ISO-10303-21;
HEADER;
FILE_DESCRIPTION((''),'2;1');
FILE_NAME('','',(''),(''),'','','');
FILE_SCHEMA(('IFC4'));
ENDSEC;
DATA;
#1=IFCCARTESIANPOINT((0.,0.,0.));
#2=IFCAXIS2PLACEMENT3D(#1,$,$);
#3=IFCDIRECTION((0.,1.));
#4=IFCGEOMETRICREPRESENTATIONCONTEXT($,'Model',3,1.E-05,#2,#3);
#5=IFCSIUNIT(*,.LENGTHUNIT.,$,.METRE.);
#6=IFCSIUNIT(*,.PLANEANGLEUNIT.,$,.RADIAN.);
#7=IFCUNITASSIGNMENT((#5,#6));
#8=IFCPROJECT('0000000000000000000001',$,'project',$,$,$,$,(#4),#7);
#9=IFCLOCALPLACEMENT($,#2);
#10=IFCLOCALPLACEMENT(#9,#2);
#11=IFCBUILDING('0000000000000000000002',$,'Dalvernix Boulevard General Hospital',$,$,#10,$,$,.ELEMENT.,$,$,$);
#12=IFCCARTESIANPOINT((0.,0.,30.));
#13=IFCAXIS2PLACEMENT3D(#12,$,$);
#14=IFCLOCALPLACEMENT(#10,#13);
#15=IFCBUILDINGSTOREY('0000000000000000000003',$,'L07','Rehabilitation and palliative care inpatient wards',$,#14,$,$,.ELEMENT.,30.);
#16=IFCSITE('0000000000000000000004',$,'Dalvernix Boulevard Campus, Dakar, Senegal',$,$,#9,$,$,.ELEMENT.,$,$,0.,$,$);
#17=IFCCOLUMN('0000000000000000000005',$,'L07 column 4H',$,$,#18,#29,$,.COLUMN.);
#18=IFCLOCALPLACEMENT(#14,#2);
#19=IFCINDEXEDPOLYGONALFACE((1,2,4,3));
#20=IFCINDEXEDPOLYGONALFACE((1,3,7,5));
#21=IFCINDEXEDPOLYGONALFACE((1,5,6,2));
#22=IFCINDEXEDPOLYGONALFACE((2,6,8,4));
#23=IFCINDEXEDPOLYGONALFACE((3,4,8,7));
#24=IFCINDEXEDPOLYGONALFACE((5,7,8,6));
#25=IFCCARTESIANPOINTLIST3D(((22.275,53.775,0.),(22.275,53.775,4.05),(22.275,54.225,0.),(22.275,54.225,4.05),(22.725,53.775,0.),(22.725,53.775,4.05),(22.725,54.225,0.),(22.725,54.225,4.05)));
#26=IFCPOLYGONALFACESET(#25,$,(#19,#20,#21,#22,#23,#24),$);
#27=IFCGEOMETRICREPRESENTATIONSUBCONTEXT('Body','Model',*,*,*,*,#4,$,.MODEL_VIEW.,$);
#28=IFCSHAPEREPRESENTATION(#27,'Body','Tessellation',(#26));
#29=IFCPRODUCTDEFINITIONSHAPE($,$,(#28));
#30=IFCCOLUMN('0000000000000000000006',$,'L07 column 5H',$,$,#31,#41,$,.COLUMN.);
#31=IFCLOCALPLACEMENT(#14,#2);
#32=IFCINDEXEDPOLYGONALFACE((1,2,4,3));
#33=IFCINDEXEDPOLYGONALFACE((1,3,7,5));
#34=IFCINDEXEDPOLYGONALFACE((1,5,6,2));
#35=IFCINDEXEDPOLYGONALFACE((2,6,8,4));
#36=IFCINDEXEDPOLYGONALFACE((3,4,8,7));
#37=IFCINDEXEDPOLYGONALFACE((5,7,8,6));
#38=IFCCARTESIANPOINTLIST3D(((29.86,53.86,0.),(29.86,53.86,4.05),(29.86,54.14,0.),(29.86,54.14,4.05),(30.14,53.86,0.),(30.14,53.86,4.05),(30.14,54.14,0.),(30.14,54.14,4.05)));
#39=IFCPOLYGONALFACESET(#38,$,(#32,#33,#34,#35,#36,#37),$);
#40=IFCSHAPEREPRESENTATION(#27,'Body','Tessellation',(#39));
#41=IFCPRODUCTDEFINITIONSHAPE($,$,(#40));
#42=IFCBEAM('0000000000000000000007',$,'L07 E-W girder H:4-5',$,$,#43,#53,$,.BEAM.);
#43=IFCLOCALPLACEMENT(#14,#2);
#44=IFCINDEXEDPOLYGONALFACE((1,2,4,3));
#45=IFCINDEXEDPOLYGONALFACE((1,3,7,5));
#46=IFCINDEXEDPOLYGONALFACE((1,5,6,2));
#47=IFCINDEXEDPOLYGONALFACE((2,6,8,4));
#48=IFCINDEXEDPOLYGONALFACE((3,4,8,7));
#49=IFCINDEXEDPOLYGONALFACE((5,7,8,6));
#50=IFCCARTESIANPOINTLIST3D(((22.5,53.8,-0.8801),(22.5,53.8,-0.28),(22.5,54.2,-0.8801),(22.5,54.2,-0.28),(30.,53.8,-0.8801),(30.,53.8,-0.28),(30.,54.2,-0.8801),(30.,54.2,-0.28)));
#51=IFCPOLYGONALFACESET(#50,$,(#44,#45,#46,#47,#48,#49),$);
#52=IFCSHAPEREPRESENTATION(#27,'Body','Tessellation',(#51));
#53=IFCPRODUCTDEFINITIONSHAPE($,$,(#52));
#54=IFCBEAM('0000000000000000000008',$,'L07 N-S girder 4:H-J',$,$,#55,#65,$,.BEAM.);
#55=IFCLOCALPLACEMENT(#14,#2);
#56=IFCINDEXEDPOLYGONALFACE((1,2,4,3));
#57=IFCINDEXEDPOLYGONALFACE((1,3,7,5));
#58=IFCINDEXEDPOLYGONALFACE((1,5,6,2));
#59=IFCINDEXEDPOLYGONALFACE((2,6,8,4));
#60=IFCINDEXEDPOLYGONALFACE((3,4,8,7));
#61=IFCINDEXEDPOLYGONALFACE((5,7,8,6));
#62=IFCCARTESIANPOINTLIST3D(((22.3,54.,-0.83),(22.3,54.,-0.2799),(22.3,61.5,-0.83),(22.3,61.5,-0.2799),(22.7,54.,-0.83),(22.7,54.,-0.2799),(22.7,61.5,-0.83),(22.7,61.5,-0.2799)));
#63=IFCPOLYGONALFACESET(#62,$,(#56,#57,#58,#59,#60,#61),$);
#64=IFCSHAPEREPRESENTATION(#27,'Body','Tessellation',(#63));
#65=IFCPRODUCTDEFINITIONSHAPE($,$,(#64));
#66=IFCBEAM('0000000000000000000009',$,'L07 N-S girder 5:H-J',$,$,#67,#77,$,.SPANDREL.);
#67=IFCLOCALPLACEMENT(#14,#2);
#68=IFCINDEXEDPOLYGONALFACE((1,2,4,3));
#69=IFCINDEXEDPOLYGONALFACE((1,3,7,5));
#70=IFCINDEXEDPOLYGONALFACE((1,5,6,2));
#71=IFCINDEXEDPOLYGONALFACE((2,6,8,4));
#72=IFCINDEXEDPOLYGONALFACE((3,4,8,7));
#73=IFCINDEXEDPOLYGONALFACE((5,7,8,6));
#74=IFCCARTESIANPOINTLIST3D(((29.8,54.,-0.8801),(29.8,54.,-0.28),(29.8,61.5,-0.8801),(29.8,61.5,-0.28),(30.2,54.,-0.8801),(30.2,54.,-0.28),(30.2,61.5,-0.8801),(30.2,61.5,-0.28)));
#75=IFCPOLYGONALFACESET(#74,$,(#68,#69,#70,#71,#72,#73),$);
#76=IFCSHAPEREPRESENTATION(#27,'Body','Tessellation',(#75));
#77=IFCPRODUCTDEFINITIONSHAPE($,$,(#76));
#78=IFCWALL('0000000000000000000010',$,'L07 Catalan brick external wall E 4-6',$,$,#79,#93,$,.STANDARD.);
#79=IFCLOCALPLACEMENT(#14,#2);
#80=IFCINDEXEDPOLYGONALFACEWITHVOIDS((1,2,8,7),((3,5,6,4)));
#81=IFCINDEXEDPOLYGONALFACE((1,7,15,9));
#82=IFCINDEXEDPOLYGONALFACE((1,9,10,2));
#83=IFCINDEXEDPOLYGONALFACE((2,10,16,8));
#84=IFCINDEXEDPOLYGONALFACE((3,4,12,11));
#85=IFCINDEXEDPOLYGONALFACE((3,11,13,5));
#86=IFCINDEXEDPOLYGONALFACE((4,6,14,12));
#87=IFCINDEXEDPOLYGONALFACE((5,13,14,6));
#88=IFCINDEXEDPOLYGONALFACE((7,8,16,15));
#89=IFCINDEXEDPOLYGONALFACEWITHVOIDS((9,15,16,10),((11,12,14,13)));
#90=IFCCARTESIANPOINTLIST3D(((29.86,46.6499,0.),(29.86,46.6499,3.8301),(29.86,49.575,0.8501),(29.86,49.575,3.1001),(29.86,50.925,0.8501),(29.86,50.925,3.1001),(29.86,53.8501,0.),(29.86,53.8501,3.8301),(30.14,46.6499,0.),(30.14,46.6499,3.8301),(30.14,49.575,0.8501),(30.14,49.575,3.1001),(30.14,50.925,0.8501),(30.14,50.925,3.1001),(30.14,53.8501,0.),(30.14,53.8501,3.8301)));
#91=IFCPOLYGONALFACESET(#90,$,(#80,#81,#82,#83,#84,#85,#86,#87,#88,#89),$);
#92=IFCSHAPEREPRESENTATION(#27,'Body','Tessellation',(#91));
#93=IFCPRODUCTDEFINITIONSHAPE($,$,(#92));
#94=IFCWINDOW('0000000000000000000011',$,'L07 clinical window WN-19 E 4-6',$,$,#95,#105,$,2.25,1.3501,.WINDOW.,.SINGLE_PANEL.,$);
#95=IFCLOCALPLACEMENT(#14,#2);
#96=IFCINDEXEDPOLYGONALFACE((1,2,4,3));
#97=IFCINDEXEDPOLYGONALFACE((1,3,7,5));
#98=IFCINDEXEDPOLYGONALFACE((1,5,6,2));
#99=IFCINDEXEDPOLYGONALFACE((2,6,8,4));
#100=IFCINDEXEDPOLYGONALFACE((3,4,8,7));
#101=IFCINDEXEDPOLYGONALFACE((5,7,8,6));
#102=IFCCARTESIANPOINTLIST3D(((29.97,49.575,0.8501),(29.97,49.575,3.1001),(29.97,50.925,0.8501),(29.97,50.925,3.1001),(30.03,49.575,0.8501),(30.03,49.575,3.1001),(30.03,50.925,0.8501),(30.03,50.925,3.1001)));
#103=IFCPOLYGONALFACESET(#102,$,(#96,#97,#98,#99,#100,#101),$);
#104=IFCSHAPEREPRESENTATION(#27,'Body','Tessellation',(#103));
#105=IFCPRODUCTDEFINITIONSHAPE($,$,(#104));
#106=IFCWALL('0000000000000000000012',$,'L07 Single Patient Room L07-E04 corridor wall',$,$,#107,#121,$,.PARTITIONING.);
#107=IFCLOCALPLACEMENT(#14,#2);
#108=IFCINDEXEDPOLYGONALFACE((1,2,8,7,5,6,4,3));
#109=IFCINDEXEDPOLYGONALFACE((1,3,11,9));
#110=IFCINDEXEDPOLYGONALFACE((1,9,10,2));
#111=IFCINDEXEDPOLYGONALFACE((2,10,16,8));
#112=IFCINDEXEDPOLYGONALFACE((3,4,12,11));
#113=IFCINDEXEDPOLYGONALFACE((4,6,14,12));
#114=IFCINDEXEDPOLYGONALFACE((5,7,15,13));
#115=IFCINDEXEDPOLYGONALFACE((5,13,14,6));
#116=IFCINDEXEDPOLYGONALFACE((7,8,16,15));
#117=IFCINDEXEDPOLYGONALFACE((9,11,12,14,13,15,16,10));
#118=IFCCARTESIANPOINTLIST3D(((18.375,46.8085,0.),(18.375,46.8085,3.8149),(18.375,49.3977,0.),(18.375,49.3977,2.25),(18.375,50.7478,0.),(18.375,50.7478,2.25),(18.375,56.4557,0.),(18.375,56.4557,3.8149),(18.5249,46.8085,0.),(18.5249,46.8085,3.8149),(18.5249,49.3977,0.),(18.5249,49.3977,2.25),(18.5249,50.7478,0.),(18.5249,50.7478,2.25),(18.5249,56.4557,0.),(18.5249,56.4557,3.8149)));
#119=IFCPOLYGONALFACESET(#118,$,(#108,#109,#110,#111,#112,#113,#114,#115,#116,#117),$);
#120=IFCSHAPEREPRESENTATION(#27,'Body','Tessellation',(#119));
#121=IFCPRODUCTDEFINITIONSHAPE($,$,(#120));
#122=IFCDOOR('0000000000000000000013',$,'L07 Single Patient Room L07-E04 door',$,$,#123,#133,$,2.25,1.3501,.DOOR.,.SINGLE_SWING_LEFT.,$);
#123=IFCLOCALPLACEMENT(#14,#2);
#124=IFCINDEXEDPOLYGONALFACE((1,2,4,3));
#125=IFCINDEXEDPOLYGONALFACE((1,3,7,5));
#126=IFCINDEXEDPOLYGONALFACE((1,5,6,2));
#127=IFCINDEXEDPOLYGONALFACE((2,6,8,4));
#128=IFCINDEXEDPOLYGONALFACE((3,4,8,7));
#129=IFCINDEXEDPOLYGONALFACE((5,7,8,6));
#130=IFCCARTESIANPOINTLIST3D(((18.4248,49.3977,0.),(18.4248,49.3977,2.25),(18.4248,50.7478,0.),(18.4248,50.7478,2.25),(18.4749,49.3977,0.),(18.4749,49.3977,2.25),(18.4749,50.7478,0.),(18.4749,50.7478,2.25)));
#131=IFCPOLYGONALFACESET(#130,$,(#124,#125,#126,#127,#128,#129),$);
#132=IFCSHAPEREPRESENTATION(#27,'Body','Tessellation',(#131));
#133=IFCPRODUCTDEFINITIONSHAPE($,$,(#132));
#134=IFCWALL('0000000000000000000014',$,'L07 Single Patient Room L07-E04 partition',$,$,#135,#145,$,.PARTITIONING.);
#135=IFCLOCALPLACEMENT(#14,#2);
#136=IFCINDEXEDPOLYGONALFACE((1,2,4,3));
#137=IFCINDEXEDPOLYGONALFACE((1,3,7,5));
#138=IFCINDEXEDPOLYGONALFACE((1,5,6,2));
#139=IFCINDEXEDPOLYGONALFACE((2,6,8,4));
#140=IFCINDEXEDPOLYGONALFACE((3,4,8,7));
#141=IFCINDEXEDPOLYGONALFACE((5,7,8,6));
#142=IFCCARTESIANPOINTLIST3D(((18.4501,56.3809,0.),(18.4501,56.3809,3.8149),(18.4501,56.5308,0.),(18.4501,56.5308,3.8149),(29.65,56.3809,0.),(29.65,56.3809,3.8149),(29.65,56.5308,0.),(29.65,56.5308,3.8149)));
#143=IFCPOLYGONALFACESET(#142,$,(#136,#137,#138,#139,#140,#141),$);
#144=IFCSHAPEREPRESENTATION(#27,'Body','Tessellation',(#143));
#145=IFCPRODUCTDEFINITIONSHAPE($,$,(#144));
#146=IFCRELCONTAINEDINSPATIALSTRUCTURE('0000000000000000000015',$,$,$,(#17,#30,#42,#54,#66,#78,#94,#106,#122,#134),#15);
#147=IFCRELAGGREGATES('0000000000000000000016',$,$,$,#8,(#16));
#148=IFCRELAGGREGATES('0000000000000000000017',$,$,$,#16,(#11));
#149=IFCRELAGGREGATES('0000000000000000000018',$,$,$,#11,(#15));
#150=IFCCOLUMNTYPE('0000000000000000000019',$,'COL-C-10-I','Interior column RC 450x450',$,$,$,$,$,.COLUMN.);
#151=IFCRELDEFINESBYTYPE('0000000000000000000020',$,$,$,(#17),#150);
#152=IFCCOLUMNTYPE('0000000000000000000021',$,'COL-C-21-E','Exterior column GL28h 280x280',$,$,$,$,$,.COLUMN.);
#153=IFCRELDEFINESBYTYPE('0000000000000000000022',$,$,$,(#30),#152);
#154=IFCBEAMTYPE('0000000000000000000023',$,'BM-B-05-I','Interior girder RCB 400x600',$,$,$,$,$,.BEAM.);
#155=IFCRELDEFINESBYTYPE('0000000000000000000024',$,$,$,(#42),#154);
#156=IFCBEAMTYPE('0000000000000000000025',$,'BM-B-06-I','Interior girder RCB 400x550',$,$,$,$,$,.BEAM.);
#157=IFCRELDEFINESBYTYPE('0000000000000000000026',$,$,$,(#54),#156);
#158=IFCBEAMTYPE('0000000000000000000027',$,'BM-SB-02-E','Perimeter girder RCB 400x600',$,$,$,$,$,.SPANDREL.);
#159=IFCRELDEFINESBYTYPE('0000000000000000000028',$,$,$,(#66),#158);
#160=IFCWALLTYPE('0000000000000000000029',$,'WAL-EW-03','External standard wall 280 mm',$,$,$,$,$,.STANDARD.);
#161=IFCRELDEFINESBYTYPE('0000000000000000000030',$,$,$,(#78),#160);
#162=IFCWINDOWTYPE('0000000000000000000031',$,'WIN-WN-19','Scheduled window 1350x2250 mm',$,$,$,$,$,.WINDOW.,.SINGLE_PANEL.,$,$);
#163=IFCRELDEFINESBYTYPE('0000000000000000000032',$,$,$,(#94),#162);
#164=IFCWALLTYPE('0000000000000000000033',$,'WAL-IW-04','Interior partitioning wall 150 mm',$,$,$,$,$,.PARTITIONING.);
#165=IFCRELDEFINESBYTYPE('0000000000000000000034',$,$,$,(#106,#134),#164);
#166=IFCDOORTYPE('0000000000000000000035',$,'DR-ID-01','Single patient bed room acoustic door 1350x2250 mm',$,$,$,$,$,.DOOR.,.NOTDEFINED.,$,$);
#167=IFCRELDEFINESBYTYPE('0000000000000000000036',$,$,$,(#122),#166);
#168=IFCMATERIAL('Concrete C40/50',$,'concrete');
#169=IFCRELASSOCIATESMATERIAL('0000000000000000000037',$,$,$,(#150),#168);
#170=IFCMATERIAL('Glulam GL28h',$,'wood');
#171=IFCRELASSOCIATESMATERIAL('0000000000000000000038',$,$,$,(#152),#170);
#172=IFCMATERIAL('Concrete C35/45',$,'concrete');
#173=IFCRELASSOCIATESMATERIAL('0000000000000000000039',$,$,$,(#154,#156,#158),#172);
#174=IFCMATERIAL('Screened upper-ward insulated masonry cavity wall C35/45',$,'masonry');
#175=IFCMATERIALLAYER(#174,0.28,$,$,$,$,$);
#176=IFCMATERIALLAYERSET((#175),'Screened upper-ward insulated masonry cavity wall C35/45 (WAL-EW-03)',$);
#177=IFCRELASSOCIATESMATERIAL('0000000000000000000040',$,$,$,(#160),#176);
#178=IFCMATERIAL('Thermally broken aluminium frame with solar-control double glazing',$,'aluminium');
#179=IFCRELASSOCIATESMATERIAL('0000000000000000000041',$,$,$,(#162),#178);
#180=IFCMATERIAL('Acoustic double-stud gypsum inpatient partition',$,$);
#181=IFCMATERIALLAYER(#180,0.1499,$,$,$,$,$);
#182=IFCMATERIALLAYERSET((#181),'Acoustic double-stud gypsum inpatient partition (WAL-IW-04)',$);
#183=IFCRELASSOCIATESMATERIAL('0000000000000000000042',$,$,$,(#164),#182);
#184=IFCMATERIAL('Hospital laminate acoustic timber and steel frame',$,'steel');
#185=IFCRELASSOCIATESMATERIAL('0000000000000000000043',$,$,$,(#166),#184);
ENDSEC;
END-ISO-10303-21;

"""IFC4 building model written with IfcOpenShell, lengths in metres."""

from ifc_helpers import new_model, si_unit, direction, frame, frame_2d, origin, origin_2d, place, context, subcontext, project, spatial, rectangle, extrude, material, layer, layer_set, material_profile, profile_set, type_object, element, fill, save


model = new_model("IFC4")

# Units and contexts
model_context = context("Model", 3, precision=1e-05, world=origin(), true_north=direction((0.0, 1.0)))
body_context = subcontext(model_context, "Body", "Model", "MODEL_VIEW")
ifc_project = project(units=[si_unit("LENGTHUNIT", "METRE"), si_unit("PLANEANGLEUNIT", "RADIAN")], contexts=[model_context])

# Site, building, storey
site_placement = place(None, origin())
site = spatial("IfcSite", under=ifc_project, at=site_placement, Name="Dalvernix Boulevard Campus, Dakar, Senegal", CompositionType="ELEMENT", RefElevation=0.0)
building_placement = place(site_placement, origin())
building = spatial("IfcBuilding", under=site, at=building_placement, Name="Dalvernix Boulevard General Hospital", CompositionType="ELEMENT")
storey_placement = place(building_placement, frame((0.0, 0.0, 30.0)))
storey = spatial("IfcBuildingStorey", under=building, at=storey_placement, Name="L07", Description="Rehabilitation and palliative care inpatient wards", CompositionType="ELEMENT", Elevation=30.0)

# Columns
ifc_material_1 = material(Name="Concrete C40/50", Category="concrete")
ifc_material_profile_1 = material_profile(ifc_material_1, rectangle(XDim=0.45, YDim=0.45, at=origin_2d()), Name="RC 450x450")
ifc_profile_set_1 = profile_set([ifc_material_profile_1], Name="Concrete C40/50")
column_type_1 = type_object("IfcColumnType", Name="COL-C-10-I", Description="Interior column RC 450x450", PredefinedType="COLUMN", material=ifc_profile_set_1)
column_1_placement = place(storey_placement, frame((22.5, 54.0, 0.0), z_axis=(0.0, 0.0, 1.0), x_axis=(1.0, 0.0, 0.0)))
element("IfcColumn", 1, at=column_1_placement, inside=storey, type_object=column_type_1, Name="L07 column 4H", PredefinedType="COLUMN", context=body_context, shape_type="SweptSolid", body=[
    extrude(rectangle(XDim=0.45, YDim=0.45, at=origin_2d()), origin(), (0.0, 0.0, 1.0), 4.05),
])
ifc_material_2 = material(Name="Glulam GL28h", Category="wood")
ifc_material_profile_2 = material_profile(ifc_material_2, rectangle(XDim=0.28, YDim=0.28, at=origin_2d()), Name="GL28h 280x280")
ifc_profile_set_2 = profile_set([ifc_material_profile_2], Name="Glulam GL28h")
column_type_2 = type_object("IfcColumnType", Name="COL-C-21-E", Description="Exterior column GL28h 280x280", PredefinedType="COLUMN", material=ifc_profile_set_2)
column_2_placement = place(storey_placement, frame((30.0, 54.0, 0.0), z_axis=(0.0, 0.0, 1.0), x_axis=(1.0, 0.0, 0.0)))
element("IfcColumn", 2, at=column_2_placement, inside=storey, type_object=column_type_2, Name="L07 column 5H", PredefinedType="COLUMN", context=body_context, shape_type="SweptSolid", body=[
    extrude(rectangle(XDim=0.28, YDim=0.28, at=origin_2d()), origin(), (0.0, 0.0, 1.0), 4.05),
])

# Beams
ifc_material_3 = material(Name="Concrete C35/45", Category="concrete")
ifc_material_profile_3 = material_profile(ifc_material_3, rectangle(XDim=0.3999, YDim=0.6001, at=origin_2d()), Name="RCB 400x600")
ifc_profile_set_3 = profile_set([ifc_material_profile_3], Name="Concrete C35/45")
beam_type_1 = type_object("IfcBeamType", Name="BM-B-05-I", Description="Interior girder RCB 400x600", PredefinedType="BEAM", material=ifc_profile_set_3)
beam_1_placement = place(storey_placement, frame((22.5, 54.0, -0.5801), z_axis=(1.0, 0.0, 0.0), x_axis=(0.0, 1.0, 0.0)))
element("IfcBeam", 3, at=beam_1_placement, inside=storey, type_object=beam_type_1, Name="L07 E-W girder H:4-5", PredefinedType="BEAM", context=body_context, shape_type="SweptSolid", body=[
    extrude(rectangle(XDim=0.3999, YDim=0.6001, at=origin_2d()), origin(), (0.0, 0.0, 1.0), 7.5),
])
ifc_material_profile_4 = material_profile(ifc_material_3, rectangle(XDim=0.3999, YDim=0.55, at=origin_2d()), Name="RCB 400x550")
ifc_profile_set_4 = profile_set([ifc_material_profile_4], Name="Concrete C35/45")
beam_type_2 = type_object("IfcBeamType", Name="BM-B-06-I", Description="Interior girder RCB 400x550", PredefinedType="BEAM", material=ifc_profile_set_4)
beam_2_placement = place(storey_placement, frame((22.5, 54.0, -0.5549), z_axis=(0.0, 1.0, 0.0), x_axis=(-1.0, 0.0, 0.0)))
element("IfcBeam", 4, at=beam_2_placement, inside=storey, type_object=beam_type_2, Name="L07 N-S girder 4:H-J", PredefinedType="BEAM", context=body_context, shape_type="SweptSolid", body=[
    extrude(rectangle(XDim=0.3999, YDim=0.55, at=origin_2d()), origin(), (0.0, 0.0, 1.0), 7.5),
])
ifc_material_profile_5 = material_profile(ifc_material_3, rectangle(XDim=0.3999, YDim=0.6001, at=origin_2d()), Name="RCB 400x600")
ifc_profile_set_5 = profile_set([ifc_material_profile_5], Name="Concrete C35/45")
beam_type_3 = type_object("IfcBeamType", Name="BM-SB-02-E", Description="Perimeter girder RCB 400x600", PredefinedType="SPANDREL", material=ifc_profile_set_5)
beam_3_placement = place(storey_placement, frame((30.0, 54.0, -0.5801), z_axis=(0.0, 1.0, 0.0), x_axis=(-1.0, 0.0, 0.0)))
element("IfcBeam", 5, at=beam_3_placement, inside=storey, type_object=beam_type_3, Name="L07 N-S girder 5:H-J", PredefinedType="SPANDREL", context=body_context, shape_type="SweptSolid", body=[
    extrude(rectangle(XDim=0.3999, YDim=0.6001, at=origin_2d()), origin(), (0.0, 0.0, 1.0), 7.5),
])

# Wall, opening, window
ifc_material_4 = material(Name="Screened upper-ward insulated masonry cavity wall C35/45", Category="masonry")
ifc_layer_1 = layer(ifc_material_4, 0.28)
ifc_layer_set_1 = layer_set([ifc_layer_1], Name="Screened upper-ward insulated masonry cavity wall C35/45 (WAL-EW-03)")
wall_type_1 = type_object("IfcWallType", Name="WAL-EW-03", Description="External standard wall 280 mm", PredefinedType="STANDARD", material=ifc_layer_set_1)
wall_1_placement = place(storey_placement, frame((30.0, 53.8501, 0.0), z_axis=(0.0, 0.0, 1.0), x_axis=(0.0, -1.0, 0.0)))
wall_1 = element("IfcWall", 6, at=wall_1_placement, inside=storey, type_object=wall_type_1, Name="L07 Catalan brick external wall E 4-6", PredefinedType="STANDARD", context=body_context, shape_type="SweptSolid", body=[
    extrude(rectangle(XDim=7.2002, YDim=0.28, at=frame_2d((3.6001, 0.0))), origin(), (0.0, 0.0, 1.0), 3.8301),
])
opening_1_placement = place(wall_1_placement, frame((2.925, 0.0, 0.8501)))
opening_1 = element("IfcOpeningElement", 7, at=opening_1_placement, cuts=wall_1, PredefinedType="OPENING", context=body_context, shape_type="SweptSolid", body=[
    extrude(rectangle(XDim=1.3501, YDim=2.25, at=frame_2d((0.675, 1.125))), frame((0.0, 0.1499, 0.0), z_axis=(0.0, -1.0, 0.0), x_axis=(1.0, 0.0, 0.0)), (0.0, 0.0, 1.0), 0.3),
])
ifc_material_5 = material(Name="Thermally broken aluminium frame with solar-control double glazing", Category="aluminium")
window_type = type_object("IfcWindowType", Name="WIN-WN-19", Description="Scheduled window 1350x2250 mm", PartitioningType="SINGLE_PANEL", PredefinedType="WINDOW", material=ifc_material_5)
window_placement = place(opening_1_placement, origin())
window = element("IfcWindow", 8, at=window_placement, inside=storey, type_object=window_type, Name="L07 clinical window WN-19 E 4-6", OverallHeight=2.25, OverallWidth=1.3501, PartitioningType="SINGLE_PANEL", PredefinedType="WINDOW", context=body_context, shape_type="SweptSolid", body=[
    extrude(rectangle(XDim=1.3501, YDim=2.25, at=frame_2d((0.675, 1.125))), frame((0.0, 0.03, 0.0), z_axis=(0.0, -1.0, 0.0), x_axis=(1.0, 0.0, 0.0)), (0.0, 0.0, 1.0), 0.0601),
])
fill(opening_1, window)

# Wall, opening, door
ifc_material_6 = material(Name="Acoustic double-stud gypsum inpatient partition")
ifc_layer_2 = layer(ifc_material_6, 0.1499)
ifc_layer_set_2 = layer_set([ifc_layer_2], Name="Acoustic double-stud gypsum inpatient partition (WAL-IW-04)")
wall_type_2 = type_object("IfcWallType", Name="WAL-IW-04", Description="Interior partitioning wall 150 mm", PredefinedType="PARTITIONING", material=ifc_layer_set_2)
wall_2_placement = place(storey_placement, frame((18.45, 56.4558, 0.0), z_axis=(0.0, 0.0, 1.0), x_axis=(0.0, -1.0, 0.0)))
wall_2 = element("IfcWall", 9, at=wall_2_placement, inside=storey, type_object=wall_type_2, Name="L07 Single Patient Room L07-E04 corridor wall", PredefinedType="PARTITIONING", context=body_context, shape_type="SweptSolid", body=[
    extrude(rectangle(XDim=9.6472, YDim=0.1499, at=frame_2d((4.8237, 0.0))), origin(), (0.0, 0.0, 1.0), 3.8149),
])
opening_2_placement = place(wall_2_placement, frame((5.708, 0.0, 0.0)))
opening_2 = element("IfcOpeningElement", 10, at=opening_2_placement, cuts=wall_2, PredefinedType="OPENING", context=body_context, shape_type="SweptSolid", body=[
    extrude(rectangle(XDim=1.3501, YDim=2.25, at=frame_2d((0.675, 1.125))), frame((0.0, 0.085, 0.0), z_axis=(0.0, -1.0, 0.0), x_axis=(1.0, 0.0, 0.0)), (0.0, 0.0, 1.0), 0.1699),
])
ifc_material_7 = material(Name="Hospital laminate acoustic timber and steel frame", Category="steel")
door_type_1 = type_object("IfcDoorType", Name="DR-ID-01", Description="Single patient bed room acoustic door 1350x2250 mm", OperationType="NOTDEFINED", PredefinedType="DOOR", material=ifc_material_7)
door_1_placement = place(opening_2_placement, origin())
door_1 = element("IfcDoor", 11, at=door_1_placement, inside=storey, type_object=door_type_1, Name="L07 Single Patient Room L07-E04 door", OperationType="SINGLE_SWING_LEFT", OverallHeight=2.25, OverallWidth=1.3501, PredefinedType="DOOR", context=body_context, shape_type="SweptSolid", body=[
    extrude(rectangle(XDim=1.3501, YDim=2.25, at=frame_2d((0.675, 1.125))), frame((0.0, 0.0249, 0.0), z_axis=(0.0, -1.0, 0.0), x_axis=(1.0, 0.0, 0.0)), (0.0, 0.0, 1.0), 0.05),
])
fill(opening_2, door_1)

# Wall
wall_3_placement = place(storey_placement, frame((18.45, 56.4558, 0.0), z_axis=(0.0, 0.0, 1.0), x_axis=(1.0, 0.0, 0.0)))
element("IfcWall", 12, at=wall_3_placement, inside=storey, type_object=wall_type_2, Name="L07 Single Patient Room L07-E04 partition", PredefinedType="PARTITIONING", context=body_context, shape_type="SweptSolid", body=[
    extrude(rectangle(XDim=11.2, YDim=0.1499, at=frame_2d((5.6001, 0.0))), origin(), (0.0, 0.0, 1.0), 3.8149),
])

save(model, "model.ifc")
